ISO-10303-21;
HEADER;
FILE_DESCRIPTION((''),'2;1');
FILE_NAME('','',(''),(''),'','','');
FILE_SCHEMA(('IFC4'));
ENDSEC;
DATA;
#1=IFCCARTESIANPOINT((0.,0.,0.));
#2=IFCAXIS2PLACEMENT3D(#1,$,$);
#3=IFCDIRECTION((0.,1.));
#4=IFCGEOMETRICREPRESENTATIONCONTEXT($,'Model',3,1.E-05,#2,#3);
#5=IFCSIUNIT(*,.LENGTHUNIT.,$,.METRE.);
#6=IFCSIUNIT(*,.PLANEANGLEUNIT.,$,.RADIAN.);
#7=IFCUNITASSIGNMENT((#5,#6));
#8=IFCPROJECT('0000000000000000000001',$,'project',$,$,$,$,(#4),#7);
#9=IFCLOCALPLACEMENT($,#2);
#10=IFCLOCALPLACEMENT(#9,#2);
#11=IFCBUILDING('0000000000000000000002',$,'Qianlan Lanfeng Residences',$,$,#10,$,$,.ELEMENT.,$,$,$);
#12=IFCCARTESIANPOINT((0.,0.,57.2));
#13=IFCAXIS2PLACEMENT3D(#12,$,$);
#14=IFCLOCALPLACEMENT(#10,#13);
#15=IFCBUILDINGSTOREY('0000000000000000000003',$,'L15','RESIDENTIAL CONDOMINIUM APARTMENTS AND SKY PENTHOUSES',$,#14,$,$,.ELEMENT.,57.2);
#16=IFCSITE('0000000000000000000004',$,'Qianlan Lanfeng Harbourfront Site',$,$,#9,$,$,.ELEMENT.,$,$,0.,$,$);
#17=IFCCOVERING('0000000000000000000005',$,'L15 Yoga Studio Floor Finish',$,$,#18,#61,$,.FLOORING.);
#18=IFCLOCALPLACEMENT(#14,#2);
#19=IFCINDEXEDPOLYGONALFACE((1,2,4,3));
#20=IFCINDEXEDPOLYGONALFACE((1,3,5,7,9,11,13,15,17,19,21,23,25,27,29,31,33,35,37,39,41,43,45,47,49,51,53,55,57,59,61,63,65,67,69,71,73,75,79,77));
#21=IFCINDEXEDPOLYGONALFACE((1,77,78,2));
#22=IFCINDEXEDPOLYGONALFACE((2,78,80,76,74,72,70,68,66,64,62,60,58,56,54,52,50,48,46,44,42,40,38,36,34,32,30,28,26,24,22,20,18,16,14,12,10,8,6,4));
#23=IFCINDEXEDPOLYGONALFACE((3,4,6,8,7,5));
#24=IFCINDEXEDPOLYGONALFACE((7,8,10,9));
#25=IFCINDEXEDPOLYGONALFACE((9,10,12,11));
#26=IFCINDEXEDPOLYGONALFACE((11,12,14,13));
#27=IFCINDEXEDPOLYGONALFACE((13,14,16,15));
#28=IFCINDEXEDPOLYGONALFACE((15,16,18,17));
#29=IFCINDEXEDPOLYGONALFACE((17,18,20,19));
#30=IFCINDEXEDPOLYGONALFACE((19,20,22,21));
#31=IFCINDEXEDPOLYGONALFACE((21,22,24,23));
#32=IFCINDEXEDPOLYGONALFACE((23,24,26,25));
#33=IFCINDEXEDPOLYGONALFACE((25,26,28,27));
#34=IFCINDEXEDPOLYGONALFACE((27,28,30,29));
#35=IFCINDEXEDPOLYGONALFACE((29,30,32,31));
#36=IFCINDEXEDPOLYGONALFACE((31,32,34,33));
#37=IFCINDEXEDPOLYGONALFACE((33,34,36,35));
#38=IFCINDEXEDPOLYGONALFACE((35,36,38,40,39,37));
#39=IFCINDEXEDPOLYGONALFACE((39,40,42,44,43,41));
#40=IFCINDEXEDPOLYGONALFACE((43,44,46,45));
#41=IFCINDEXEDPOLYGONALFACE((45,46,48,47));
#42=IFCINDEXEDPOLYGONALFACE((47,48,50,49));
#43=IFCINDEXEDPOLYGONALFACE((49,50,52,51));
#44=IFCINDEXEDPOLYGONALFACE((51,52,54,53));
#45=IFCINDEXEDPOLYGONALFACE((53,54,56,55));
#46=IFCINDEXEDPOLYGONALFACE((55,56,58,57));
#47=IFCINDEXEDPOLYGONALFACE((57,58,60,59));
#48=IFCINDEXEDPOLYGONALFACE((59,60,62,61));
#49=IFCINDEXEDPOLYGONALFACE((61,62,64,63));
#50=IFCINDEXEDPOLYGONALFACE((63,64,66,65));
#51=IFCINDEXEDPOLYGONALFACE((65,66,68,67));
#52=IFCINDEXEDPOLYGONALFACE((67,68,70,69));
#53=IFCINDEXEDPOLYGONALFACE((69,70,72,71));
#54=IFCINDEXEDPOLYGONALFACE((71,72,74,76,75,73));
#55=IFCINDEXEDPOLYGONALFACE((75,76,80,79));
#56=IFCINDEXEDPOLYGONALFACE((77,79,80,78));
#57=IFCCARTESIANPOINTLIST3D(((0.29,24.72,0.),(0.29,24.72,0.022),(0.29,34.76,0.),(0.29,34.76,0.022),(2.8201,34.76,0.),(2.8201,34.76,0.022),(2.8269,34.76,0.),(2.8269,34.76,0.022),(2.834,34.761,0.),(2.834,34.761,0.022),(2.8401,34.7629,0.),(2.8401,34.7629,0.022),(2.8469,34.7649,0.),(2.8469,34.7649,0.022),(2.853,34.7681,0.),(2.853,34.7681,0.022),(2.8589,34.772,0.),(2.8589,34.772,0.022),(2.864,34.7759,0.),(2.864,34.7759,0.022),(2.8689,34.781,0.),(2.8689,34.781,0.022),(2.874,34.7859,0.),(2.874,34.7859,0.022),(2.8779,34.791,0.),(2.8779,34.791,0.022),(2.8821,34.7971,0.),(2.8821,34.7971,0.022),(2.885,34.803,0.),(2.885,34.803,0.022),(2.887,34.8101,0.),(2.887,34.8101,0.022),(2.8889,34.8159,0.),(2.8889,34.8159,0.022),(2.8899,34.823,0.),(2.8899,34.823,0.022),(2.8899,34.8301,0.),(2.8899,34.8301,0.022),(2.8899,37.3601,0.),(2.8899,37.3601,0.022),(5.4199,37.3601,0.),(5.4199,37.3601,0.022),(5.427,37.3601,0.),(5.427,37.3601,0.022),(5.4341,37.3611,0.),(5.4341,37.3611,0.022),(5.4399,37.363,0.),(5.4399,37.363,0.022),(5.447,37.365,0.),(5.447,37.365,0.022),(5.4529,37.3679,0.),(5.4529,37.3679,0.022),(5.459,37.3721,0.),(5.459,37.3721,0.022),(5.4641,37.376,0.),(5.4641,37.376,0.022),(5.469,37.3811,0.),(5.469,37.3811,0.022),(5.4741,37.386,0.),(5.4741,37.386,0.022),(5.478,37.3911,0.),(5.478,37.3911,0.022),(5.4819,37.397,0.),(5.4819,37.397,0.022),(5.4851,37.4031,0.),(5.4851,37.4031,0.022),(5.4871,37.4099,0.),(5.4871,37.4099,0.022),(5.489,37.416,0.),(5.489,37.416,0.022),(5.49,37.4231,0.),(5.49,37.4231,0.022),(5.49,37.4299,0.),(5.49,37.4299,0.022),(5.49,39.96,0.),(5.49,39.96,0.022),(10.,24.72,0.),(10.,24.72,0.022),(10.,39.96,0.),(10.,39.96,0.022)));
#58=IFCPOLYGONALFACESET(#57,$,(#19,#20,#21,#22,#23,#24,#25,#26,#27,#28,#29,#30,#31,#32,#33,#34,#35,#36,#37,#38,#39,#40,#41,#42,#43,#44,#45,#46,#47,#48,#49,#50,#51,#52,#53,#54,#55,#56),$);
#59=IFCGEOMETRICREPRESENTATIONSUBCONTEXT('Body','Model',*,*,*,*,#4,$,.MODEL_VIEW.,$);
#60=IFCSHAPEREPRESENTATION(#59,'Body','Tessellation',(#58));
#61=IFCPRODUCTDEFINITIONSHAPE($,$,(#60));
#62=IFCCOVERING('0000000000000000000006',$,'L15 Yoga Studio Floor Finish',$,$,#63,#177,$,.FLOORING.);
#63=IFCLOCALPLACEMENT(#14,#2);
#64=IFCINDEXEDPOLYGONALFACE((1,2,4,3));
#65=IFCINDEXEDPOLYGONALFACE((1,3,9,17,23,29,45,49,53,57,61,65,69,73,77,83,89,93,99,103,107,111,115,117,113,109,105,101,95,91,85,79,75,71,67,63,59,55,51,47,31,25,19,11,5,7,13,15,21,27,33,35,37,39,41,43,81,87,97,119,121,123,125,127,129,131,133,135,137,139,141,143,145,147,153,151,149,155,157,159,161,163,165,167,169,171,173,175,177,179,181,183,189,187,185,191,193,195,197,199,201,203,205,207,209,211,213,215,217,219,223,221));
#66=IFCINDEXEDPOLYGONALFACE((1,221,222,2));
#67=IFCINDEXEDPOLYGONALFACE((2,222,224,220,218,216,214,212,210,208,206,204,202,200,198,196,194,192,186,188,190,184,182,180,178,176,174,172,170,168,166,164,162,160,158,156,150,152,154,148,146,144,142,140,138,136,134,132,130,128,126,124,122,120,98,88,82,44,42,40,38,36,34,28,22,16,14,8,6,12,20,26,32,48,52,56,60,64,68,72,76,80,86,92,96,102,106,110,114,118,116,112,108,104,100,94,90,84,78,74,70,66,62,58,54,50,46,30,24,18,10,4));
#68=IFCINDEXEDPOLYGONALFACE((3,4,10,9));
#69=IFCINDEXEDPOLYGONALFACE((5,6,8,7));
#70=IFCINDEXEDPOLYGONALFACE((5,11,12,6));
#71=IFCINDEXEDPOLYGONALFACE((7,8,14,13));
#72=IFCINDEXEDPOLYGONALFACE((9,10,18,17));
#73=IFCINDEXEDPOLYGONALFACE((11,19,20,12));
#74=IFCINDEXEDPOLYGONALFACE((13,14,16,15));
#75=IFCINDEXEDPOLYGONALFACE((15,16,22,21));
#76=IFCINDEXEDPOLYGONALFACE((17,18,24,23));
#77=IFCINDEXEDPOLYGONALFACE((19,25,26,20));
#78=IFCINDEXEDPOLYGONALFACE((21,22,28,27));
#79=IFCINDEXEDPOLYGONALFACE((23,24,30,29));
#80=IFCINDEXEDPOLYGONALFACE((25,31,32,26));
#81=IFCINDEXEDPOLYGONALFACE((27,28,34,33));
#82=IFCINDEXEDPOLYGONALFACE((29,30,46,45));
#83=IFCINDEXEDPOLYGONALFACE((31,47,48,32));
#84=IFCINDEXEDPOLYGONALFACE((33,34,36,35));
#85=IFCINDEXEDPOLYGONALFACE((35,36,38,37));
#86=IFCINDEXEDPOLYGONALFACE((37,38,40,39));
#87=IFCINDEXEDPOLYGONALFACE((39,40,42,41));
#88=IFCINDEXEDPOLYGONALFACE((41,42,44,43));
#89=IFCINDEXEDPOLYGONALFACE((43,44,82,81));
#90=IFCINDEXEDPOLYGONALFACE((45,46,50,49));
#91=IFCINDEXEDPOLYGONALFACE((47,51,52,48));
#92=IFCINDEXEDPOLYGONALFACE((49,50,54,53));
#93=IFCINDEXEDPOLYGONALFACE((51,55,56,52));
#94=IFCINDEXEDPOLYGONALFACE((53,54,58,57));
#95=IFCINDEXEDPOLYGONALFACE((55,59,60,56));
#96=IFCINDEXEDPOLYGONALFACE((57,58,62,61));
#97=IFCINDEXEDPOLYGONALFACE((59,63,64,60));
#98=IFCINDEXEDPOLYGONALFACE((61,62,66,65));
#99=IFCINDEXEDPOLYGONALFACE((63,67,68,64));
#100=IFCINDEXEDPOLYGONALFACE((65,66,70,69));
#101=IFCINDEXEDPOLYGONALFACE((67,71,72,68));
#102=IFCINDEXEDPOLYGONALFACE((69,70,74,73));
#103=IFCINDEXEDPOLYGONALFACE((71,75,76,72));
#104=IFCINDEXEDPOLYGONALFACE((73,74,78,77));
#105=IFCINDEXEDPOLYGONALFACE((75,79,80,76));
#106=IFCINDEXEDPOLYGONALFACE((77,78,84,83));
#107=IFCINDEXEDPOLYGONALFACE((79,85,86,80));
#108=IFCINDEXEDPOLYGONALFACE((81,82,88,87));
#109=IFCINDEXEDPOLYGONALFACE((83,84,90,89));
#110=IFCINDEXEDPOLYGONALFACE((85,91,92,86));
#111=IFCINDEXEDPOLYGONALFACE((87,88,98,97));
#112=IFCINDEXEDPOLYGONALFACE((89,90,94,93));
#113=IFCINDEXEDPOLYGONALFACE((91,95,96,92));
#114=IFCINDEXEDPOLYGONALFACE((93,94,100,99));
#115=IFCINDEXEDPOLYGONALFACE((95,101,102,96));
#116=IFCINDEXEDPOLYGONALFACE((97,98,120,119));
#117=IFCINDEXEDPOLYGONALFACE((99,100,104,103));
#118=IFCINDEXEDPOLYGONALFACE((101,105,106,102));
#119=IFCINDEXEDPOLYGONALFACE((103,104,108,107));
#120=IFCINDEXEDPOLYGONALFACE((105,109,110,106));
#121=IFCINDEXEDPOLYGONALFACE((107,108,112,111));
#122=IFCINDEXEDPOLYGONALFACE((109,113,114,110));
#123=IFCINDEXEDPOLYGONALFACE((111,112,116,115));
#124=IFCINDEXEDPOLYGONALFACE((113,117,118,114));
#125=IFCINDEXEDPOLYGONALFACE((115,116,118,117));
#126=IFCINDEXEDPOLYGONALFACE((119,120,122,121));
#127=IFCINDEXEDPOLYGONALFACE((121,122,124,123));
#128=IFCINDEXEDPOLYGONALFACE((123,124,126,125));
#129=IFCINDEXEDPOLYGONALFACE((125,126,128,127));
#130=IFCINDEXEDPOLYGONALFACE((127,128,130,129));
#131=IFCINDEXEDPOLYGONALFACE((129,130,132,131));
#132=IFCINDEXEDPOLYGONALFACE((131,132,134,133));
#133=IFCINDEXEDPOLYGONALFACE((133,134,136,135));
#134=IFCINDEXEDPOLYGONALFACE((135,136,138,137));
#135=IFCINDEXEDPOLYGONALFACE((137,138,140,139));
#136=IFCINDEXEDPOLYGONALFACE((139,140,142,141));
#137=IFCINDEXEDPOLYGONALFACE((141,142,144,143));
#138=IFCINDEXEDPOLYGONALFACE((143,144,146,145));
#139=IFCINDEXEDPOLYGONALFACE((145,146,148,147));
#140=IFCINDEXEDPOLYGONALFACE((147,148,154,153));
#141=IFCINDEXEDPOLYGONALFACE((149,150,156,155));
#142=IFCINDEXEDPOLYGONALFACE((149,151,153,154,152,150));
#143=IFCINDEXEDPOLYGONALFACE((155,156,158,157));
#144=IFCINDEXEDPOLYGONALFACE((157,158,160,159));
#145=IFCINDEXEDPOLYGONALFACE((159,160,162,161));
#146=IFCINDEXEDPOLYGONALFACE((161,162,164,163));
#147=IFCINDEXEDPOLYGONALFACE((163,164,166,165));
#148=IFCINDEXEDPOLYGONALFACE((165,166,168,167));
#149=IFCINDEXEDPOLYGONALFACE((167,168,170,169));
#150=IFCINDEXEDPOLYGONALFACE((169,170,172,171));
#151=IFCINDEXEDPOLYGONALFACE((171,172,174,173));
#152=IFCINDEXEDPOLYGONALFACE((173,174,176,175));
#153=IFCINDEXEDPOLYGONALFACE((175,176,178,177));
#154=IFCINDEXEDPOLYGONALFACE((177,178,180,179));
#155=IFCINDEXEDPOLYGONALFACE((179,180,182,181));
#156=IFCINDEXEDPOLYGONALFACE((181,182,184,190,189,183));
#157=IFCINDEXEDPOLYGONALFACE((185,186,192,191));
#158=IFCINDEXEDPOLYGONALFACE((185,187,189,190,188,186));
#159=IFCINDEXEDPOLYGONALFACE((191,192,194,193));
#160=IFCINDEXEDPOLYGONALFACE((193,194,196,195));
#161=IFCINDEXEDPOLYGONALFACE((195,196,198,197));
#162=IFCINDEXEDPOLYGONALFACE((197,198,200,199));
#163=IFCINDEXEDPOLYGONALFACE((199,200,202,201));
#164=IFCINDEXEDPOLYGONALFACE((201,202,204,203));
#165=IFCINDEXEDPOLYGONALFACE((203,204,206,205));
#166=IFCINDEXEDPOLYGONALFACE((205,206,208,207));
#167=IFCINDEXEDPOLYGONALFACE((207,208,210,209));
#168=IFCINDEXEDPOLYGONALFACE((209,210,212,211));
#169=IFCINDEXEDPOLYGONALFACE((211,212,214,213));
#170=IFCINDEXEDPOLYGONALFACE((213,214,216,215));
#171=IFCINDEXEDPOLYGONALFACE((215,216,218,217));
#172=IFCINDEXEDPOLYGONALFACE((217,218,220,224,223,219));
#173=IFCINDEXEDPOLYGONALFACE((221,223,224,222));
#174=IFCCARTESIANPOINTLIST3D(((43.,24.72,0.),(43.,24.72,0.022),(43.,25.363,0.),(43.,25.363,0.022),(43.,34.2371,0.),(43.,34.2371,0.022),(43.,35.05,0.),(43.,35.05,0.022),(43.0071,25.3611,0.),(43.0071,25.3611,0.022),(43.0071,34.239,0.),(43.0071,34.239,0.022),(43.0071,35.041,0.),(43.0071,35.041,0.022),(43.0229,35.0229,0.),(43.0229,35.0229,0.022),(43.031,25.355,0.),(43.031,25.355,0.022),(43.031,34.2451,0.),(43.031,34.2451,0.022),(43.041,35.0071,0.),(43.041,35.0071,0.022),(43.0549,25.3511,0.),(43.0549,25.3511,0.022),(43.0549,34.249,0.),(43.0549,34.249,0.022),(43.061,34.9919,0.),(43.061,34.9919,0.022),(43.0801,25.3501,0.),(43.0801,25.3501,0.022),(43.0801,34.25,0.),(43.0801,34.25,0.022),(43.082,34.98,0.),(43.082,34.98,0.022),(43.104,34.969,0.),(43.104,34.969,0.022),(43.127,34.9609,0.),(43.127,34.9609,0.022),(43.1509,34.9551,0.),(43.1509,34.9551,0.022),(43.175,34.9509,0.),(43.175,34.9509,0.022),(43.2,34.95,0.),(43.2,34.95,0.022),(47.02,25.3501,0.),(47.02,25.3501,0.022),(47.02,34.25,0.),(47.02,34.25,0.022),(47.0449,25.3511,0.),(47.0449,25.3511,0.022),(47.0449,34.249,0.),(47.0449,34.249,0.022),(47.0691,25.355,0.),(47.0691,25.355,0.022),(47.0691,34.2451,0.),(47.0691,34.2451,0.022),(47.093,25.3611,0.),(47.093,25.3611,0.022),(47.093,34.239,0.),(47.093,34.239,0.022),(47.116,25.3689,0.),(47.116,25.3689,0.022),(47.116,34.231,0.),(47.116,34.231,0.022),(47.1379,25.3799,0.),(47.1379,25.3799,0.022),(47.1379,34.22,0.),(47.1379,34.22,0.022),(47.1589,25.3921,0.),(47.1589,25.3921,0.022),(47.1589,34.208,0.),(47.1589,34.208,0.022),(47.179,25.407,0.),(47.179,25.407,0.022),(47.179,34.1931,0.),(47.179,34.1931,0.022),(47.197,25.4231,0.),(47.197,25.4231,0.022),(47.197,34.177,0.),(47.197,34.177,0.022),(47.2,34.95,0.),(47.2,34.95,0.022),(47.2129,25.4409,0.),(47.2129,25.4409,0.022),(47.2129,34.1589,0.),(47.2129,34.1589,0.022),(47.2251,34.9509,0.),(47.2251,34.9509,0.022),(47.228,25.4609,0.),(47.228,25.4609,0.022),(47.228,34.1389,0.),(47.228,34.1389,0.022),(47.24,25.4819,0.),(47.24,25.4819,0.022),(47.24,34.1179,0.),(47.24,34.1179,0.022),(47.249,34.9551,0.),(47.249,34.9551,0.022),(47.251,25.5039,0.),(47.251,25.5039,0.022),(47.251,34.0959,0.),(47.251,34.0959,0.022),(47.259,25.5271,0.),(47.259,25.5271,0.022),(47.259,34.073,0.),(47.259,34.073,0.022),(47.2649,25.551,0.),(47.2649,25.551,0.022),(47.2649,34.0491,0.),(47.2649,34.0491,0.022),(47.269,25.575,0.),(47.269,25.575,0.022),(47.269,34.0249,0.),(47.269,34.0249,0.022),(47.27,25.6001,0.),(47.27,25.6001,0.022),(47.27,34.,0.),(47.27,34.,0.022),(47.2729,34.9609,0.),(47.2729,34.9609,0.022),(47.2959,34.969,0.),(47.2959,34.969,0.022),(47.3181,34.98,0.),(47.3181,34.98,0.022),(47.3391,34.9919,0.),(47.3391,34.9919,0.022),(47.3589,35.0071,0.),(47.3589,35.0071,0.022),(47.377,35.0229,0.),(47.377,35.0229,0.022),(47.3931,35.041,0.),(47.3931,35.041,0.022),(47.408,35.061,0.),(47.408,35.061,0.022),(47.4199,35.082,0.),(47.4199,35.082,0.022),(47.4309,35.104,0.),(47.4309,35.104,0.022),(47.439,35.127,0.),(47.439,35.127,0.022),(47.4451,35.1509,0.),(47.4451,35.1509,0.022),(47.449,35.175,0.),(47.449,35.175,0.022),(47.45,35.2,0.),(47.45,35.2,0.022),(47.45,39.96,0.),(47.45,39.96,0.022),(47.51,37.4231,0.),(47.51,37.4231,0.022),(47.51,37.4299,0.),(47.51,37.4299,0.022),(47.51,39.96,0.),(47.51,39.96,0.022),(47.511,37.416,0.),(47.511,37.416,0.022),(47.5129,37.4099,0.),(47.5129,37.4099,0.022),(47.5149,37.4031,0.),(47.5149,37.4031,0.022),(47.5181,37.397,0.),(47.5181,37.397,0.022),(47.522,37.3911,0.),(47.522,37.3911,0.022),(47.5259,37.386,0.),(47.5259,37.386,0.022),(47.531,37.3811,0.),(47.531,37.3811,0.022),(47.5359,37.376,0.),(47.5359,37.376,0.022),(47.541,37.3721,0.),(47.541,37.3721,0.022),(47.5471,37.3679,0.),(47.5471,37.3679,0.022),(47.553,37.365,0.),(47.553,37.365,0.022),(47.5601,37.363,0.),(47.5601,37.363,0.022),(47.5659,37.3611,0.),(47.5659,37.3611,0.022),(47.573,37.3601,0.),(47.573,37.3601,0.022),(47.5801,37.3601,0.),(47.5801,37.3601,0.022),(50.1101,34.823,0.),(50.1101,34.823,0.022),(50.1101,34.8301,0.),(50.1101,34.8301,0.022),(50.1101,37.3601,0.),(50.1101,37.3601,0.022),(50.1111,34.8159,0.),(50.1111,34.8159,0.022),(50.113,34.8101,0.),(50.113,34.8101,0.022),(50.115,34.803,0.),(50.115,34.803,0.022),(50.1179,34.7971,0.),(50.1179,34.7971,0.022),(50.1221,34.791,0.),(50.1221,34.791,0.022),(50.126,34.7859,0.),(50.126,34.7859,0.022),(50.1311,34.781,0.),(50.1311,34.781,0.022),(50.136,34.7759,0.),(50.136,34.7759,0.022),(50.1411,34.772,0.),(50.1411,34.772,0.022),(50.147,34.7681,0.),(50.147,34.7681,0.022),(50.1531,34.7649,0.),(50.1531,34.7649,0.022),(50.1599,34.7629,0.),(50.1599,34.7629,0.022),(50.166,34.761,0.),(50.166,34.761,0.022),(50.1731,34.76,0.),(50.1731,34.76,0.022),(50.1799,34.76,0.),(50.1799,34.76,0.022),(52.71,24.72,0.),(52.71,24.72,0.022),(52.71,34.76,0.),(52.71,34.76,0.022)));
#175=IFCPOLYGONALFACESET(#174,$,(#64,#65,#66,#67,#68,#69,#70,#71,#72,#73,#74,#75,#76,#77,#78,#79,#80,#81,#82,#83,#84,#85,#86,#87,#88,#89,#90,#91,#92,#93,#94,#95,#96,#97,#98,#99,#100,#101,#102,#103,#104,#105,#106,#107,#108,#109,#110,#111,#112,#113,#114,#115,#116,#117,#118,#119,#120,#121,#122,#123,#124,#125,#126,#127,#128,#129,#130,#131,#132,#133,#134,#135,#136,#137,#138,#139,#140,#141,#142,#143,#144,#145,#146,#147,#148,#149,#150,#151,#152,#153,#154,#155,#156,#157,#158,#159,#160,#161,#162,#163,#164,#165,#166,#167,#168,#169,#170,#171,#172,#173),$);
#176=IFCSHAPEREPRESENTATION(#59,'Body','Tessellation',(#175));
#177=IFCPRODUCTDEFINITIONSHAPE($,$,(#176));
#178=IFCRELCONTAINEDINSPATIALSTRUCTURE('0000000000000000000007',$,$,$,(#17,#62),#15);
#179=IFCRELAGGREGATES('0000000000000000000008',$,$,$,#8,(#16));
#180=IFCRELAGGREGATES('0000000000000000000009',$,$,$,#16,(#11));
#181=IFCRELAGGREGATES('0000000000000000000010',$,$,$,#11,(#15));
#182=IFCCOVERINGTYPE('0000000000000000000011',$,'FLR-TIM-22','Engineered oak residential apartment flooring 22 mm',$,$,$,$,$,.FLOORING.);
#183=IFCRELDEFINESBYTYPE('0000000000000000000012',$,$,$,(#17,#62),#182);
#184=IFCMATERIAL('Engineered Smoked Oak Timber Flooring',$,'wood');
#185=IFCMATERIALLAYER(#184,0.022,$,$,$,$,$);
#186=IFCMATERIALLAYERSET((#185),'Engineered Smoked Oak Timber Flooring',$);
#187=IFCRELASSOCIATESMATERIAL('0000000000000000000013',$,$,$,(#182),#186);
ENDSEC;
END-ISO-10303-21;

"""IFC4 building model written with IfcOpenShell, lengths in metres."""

from ifc_helpers import new_model, si_unit, direction, frame, origin, place, context, subcontext, project, spatial, polyline, outline, extrude, material, layer, layer_set, type_object, element, save


model = new_model("IFC4")

# Units and contexts
model_context = context("Model", 3, precision=1e-05, world=origin(), true_north=direction((0.0, 1.0)))
body_context = subcontext(model_context, "Body", "Model", "MODEL_VIEW")
ifc_project = project(units=[si_unit("LENGTHUNIT", "METRE"), si_unit("PLANEANGLEUNIT", "RADIAN")], contexts=[model_context])

# Site, building, storey
site_placement = place(None, origin())
site = spatial("IfcSite", under=ifc_project, at=site_placement, Name="Qianlan Lanfeng Harbourfront Site", CompositionType="ELEMENT", RefElevation=0.0)
building_placement = place(site_placement, origin())
building = spatial("IfcBuilding", under=site, at=building_placement, Name="Qianlan Lanfeng Residences", CompositionType="ELEMENT")
storey_placement = place(building_placement, frame((0.0, 0.0, 57.2)))
storey = spatial("IfcBuildingStorey", under=building, at=storey_placement, Name="L15", Description="RESIDENTIAL CONDOMINIUM APARTMENTS AND SKY PENTHOUSES", CompositionType="ELEMENT", Elevation=57.2)

# Coverings
ifc_material_1 = material(Name="Engineered Smoked Oak Timber Flooring", Category="wood")
ifc_layer = layer(ifc_material_1, 0.022)
ifc_layer_set = layer_set([ifc_layer], Name="Engineered Smoked Oak Timber Flooring")
covering_type = type_object("IfcCoveringType", Name="FLR-TIM-22", Description="Engineered oak residential apartment flooring 22 mm", PredefinedType="FLOORING", material=ifc_layer_set)
covering_1_placement = place(storey_placement, origin())
element("IfcCovering", 1, at=covering_1_placement, inside=storey, type_object=covering_type, Name="L15 Yoga Studio Floor Finish", PredefinedType="FLOORING", context=body_context, shape_type="SweptSolid", body=[
    extrude(outline(polyline([(10.0, 24.72), (10.0, 39.96), (5.49, 39.96), (5.49, 37.4299), (5.49, 37.4231), (5.489, 37.416), (5.4871, 37.4099), (5.4851, 37.4031), (5.4819, 37.397), (5.478, 37.3911), (5.4741, 37.386), (5.469, 37.3811), (5.4641, 37.376), (5.459, 37.3721), (5.4529, 37.3679), (5.447, 37.365), (5.4399, 37.363), (5.4341, 37.3611), (5.427, 37.3601), (5.4199, 37.3601), (2.8899, 37.3601), (2.8899, 34.8301), (2.8899, 34.823), (2.8889, 34.8159), (2.887, 34.8101), (2.885, 34.803), (2.8821, 34.7971), (2.8779, 34.791), (2.874, 34.7859), (2.8689, 34.781), (2.864, 34.7759), (2.8589, 34.772), (2.853, 34.7681), (2.8469, 34.7649), (2.8401, 34.7629), (2.834, 34.761), (2.8269, 34.76), (2.8201, 34.76), (0.29, 34.76), (0.29, 24.72), (10.0, 24.72)])), origin(), (0.0, 0.0, 1.0), 0.022),
])
covering_2_placement = place(storey_placement, origin())
element("IfcCovering", 2, at=covering_2_placement, inside=storey, type_object=covering_type, Name="L15 Yoga Studio Floor Finish", PredefinedType="FLOORING", context=body_context, shape_type="SweptSolid", body=[
    extrude(outline(polyline([(43.0, 24.72), (52.71, 24.72), (52.71, 34.76), (50.1799, 34.76), (50.1731, 34.76), (50.166, 34.761), (50.1599, 34.7629), (50.1531, 34.7649), (50.147, 34.7681), (50.1411, 34.772), (50.136, 34.7759), (50.1311, 34.781), (50.126, 34.7859), (50.1221, 34.791), (50.1179, 34.7971), (50.115, 34.803), (50.113, 34.8101), (50.1111, 34.8159), (50.1101, 34.823), (50.1101, 34.8301), (50.1101, 37.3601), (47.5801, 37.3601), (47.573, 37.3601), (47.5659, 37.3611), (47.5601, 37.363), (47.553, 37.365), (47.5471, 37.3679), (47.541, 37.3721), (47.5359, 37.376), (47.531, 37.3811), (47.5259, 37.386), (47.522, 37.3911), (47.5181, 37.397), (47.5149, 37.4031), (47.5129, 37.4099), (47.511, 37.416), (47.51, 37.4231), (47.51, 37.4299), (47.51, 39.96), (47.45, 39.96), (47.45, 35.2), (47.449, 35.175), (47.4451, 35.1509), (47.439, 35.127), (47.4309, 35.104), (47.4199, 35.082), (47.408, 35.061), (47.3931, 35.041), (47.377, 35.0229), (47.3589, 35.0071), (47.3391, 34.9919), (47.3181, 34.98), (47.2959, 34.969), (47.2729, 34.9609), (47.249, 34.9551), (47.2251, 34.9509), (47.2, 34.95), (43.2, 34.95), (43.175, 34.9509), (43.1509, 34.9551), (43.127, 34.9609), (43.104, 34.969), (43.082, 34.98), (43.061, 34.9919), (43.041, 35.0071), (43.0229, 35.0229), (43.0071, 35.041), (43.0, 35.05), (43.0, 34.2371), (43.0071, 34.239), (43.031, 34.2451), (43.0549, 34.249), (43.0801, 34.25), (47.02, 34.25), (47.0449, 34.249), (47.0691, 34.2451), (47.093, 34.239), (47.116, 34.231), (47.1379, 34.22), (47.1589, 34.208), (47.179, 34.1931), (47.197, 34.177), (47.2129, 34.1589), (47.228, 34.1389), (47.24, 34.1179), (47.251, 34.0959), (47.259, 34.073), (47.2649, 34.0491), (47.269, 34.0249), (47.27, 34.0), (47.27, 25.6001), (47.269, 25.575), (47.2649, 25.551), (47.259, 25.5271), (47.251, 25.5039), (47.24, 25.4819), (47.228, 25.4609), (47.2129, 25.4409), (47.197, 25.4231), (47.179, 25.407), (47.1589, 25.3921), (47.1379, 25.3799), (47.116, 25.3689), (47.093, 25.3611), (47.0691, 25.355), (47.0449, 25.3511), (47.02, 25.3501), (43.0801, 25.3501), (43.0549, 25.3511), (43.031, 25.355), (43.0071, 25.3611), (43.0, 25.363), (43.0, 24.72)])), origin(), (0.0, 0.0, 1.0), 0.022),
])

save(model, "model.ifc")
